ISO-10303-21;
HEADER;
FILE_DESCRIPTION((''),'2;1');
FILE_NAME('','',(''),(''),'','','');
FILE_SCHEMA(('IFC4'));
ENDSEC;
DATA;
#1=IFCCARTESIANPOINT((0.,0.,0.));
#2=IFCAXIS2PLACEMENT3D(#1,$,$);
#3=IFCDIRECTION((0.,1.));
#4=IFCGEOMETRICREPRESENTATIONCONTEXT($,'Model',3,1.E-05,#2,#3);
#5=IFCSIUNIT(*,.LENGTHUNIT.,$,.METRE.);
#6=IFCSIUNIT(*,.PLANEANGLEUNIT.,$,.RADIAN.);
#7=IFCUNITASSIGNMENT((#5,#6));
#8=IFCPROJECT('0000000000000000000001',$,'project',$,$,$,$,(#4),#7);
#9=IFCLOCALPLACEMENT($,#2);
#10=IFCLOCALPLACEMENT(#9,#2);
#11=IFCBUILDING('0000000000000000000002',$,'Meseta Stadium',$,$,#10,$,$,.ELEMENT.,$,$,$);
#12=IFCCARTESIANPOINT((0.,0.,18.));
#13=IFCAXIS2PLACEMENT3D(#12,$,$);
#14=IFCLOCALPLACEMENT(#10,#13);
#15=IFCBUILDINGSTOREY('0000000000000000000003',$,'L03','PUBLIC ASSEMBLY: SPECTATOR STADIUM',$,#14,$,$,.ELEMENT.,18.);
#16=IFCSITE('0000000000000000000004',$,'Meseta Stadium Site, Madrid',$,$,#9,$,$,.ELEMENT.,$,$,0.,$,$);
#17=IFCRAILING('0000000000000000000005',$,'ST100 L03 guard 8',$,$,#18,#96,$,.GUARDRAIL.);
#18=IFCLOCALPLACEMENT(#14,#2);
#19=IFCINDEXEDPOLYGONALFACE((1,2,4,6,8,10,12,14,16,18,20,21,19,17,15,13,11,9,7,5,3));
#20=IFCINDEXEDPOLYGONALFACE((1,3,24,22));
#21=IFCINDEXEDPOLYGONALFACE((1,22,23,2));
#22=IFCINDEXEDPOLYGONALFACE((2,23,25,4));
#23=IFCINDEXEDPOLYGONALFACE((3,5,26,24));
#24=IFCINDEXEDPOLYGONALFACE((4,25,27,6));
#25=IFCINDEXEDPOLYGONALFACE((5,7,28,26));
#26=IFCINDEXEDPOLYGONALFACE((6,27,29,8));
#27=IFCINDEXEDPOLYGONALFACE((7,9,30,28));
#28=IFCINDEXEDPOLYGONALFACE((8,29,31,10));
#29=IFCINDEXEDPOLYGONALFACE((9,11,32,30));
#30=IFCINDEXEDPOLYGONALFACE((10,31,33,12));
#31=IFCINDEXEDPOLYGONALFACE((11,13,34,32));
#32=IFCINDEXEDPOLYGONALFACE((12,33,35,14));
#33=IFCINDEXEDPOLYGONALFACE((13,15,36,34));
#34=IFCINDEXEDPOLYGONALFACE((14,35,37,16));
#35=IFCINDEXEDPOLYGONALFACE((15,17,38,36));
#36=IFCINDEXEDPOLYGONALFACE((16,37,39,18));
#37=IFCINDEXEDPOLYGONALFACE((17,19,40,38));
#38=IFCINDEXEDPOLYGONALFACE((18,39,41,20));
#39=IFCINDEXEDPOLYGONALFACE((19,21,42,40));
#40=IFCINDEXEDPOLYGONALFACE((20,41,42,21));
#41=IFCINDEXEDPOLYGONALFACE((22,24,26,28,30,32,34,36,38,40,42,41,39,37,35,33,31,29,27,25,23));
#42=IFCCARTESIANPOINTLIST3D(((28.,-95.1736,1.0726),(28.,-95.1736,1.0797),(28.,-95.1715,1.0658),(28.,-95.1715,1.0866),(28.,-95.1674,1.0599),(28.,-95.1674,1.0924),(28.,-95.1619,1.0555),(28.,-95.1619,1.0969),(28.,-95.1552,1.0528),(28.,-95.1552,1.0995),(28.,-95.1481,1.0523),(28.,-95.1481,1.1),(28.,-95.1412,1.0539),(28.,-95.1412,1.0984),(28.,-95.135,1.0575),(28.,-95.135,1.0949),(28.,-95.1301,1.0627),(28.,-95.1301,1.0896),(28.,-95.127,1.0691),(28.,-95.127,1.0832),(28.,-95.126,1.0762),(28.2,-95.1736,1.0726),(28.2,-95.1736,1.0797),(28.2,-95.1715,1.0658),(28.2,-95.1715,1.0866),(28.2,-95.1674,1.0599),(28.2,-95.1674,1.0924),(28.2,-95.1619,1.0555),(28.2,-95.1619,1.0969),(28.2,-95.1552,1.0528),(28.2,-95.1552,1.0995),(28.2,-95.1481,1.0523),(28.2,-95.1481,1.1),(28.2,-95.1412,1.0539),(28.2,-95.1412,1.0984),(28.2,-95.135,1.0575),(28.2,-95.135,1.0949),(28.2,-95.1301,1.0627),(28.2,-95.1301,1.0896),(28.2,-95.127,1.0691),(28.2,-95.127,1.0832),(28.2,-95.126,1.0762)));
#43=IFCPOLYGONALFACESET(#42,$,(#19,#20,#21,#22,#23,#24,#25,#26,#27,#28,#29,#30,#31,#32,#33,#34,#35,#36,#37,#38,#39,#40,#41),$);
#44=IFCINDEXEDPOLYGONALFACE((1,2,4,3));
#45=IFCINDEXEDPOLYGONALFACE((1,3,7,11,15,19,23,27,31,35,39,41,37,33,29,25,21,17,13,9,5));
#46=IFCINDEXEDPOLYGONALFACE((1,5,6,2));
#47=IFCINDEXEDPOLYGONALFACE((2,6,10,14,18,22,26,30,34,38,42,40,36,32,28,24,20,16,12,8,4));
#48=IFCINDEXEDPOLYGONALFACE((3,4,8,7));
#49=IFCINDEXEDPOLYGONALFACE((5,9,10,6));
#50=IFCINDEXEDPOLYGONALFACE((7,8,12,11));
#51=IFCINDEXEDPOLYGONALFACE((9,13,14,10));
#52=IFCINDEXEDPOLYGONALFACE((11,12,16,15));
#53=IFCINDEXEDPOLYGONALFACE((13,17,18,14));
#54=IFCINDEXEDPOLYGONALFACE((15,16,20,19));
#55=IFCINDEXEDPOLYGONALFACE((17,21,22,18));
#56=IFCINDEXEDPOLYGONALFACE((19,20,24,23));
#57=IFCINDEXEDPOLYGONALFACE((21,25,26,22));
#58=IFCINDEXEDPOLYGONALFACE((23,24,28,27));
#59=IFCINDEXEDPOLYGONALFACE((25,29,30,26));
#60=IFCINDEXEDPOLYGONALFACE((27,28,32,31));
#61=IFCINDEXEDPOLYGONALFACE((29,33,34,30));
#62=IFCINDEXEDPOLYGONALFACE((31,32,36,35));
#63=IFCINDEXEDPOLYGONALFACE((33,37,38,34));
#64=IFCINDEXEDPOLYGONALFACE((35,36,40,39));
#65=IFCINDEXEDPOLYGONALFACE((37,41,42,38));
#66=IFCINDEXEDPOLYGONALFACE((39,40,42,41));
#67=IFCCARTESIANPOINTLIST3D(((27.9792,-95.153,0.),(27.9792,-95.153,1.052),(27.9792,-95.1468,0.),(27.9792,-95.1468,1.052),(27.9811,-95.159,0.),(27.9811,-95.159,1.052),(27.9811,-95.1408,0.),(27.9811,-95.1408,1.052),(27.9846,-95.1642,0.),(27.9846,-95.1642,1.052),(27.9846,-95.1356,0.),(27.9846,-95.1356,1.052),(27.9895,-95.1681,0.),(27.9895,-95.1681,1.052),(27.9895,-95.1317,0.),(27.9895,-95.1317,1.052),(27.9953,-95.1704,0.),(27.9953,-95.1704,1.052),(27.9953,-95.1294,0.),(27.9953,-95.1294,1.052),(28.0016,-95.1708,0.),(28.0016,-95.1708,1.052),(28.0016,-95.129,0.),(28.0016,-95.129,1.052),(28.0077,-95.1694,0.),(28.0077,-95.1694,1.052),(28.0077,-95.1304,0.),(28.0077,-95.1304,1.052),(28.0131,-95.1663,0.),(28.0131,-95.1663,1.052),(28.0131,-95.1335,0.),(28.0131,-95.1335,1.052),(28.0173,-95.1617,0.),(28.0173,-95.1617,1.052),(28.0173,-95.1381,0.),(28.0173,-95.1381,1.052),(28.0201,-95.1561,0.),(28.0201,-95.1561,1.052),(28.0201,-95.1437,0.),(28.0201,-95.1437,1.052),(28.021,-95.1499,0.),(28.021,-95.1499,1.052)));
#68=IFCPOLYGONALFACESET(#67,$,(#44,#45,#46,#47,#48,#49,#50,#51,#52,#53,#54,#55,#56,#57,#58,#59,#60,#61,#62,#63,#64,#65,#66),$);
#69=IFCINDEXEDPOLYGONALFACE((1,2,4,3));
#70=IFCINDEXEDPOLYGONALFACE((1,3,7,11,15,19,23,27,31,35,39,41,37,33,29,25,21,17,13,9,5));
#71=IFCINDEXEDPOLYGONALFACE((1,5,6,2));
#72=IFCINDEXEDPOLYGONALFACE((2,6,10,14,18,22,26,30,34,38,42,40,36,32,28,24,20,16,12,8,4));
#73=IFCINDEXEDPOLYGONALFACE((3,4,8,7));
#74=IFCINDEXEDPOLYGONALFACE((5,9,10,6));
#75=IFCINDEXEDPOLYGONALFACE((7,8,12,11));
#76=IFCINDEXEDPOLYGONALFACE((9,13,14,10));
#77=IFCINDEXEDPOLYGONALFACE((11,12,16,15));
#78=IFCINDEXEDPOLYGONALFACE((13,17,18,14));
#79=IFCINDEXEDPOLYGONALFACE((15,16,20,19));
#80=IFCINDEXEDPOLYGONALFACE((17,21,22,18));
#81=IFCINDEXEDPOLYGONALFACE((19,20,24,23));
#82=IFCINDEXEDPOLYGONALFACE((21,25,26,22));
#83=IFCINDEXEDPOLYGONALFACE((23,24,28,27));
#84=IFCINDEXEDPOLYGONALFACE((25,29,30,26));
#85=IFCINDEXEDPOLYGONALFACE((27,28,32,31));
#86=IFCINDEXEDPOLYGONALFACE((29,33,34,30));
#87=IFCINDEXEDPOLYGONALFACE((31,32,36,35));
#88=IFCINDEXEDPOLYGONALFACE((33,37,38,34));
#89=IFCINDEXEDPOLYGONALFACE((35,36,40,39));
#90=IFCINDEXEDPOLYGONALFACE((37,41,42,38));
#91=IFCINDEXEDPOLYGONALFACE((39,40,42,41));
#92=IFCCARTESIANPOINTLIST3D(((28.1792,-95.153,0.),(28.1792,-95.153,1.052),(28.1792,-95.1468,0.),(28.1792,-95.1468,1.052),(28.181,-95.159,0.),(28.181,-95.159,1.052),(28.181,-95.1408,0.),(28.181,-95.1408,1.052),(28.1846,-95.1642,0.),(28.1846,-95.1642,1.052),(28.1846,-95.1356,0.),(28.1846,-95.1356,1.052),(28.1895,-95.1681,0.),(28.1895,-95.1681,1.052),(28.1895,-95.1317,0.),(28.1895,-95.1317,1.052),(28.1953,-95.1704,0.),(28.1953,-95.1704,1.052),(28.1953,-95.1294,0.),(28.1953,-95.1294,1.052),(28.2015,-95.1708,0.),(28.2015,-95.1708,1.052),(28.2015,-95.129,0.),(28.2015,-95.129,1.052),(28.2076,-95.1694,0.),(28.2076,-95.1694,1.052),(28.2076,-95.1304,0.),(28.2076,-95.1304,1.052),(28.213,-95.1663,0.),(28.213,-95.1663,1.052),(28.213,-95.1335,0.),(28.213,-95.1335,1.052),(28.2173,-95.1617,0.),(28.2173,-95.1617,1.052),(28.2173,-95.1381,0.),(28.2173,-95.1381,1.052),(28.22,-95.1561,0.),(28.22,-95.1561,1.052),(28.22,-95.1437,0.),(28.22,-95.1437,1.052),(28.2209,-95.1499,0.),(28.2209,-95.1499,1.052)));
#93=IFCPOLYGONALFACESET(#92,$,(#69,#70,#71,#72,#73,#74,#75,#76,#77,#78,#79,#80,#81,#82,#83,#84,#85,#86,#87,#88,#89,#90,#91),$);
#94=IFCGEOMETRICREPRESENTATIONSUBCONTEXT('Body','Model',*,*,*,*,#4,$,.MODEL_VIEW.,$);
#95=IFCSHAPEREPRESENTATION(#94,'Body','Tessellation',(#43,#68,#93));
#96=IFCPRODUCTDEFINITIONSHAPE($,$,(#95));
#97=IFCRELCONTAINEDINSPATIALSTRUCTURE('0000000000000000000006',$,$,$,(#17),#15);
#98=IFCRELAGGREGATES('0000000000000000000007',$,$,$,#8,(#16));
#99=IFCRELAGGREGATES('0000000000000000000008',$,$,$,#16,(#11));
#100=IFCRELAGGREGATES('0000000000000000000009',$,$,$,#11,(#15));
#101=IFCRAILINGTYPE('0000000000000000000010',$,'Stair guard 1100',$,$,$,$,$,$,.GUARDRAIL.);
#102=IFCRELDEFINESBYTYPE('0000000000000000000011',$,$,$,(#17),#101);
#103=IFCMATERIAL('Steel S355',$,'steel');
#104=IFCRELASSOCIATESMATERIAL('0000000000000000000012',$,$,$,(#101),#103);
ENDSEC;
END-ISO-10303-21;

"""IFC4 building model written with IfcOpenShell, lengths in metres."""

from ifc_helpers import new_model, si_unit, direction, frame, origin, origin_2d, place, context, subcontext, project, spatial, circle, extrude, material, type_object, element, save


model = new_model("IFC4")

# Units and contexts
model_context = context("Model", 3, precision=1e-05, world=origin(), true_north=direction((0.0, 1.0)))
body_context = subcontext(model_context, "Body", "Model", "MODEL_VIEW")
ifc_project = project(units=[si_unit("LENGTHUNIT", "METRE"), si_unit("PLANEANGLEUNIT", "RADIAN")], contexts=[model_context])

# Site, building, storey
site_placement = place(None, origin())
site = spatial("IfcSite", under=ifc_project, at=site_placement, Name="Meseta Stadium Site, Madrid", CompositionType="ELEMENT", RefElevation=0.0)
building_placement = place(site_placement, origin())
building = spatial("IfcBuilding", under=site, at=building_placement, Name="Meseta Stadium", CompositionType="ELEMENT")
storey_placement = place(building_placement, frame((0.0, 0.0, 18.0)))
storey = spatial("IfcBuildingStorey", under=building, at=storey_placement, Name="L03", Description="PUBLIC ASSEMBLY: SPECTATOR STADIUM", CompositionType="ELEMENT", Elevation=18.0)

# Railing
ifc_material_1 = material(Name="Steel S355", Category="steel")
railing_type_1 = type_object("IfcRailingType", Name="Stair guard 1100", PredefinedType="GUARDRAIL", material=ifc_material_1)
railing_1_placement = place(storey_placement, frame((28.0, -95.1499, 0.0)))
element("IfcRailing", 1, at=railing_1_placement, inside=storey, type_object=railing_type_1, Name="ST100 L03 guard 8", PredefinedType="GUARDRAIL", context=body_context, shape_type="SweptSolid", body=[
    extrude(circle(Radius=0.0239, at=origin_2d()), frame((0.0, 0.0, 1.0762), z_axis=(1.0, 0.0, 0.0), x_axis=(0.0, 1.0, 0.0)), (0.0, 0.0, 1.0), 0.2),
    extrude(circle(Radius=0.021, at=origin_2d()), origin(), (0.0, 0.0, 1.0), 1.052),
    extrude(circle(Radius=0.021, at=origin_2d()), frame((0.2, 0.0, 0.0)), (0.0, 0.0, 1.0), 1.052),
])

save(model, "model.ifc")
